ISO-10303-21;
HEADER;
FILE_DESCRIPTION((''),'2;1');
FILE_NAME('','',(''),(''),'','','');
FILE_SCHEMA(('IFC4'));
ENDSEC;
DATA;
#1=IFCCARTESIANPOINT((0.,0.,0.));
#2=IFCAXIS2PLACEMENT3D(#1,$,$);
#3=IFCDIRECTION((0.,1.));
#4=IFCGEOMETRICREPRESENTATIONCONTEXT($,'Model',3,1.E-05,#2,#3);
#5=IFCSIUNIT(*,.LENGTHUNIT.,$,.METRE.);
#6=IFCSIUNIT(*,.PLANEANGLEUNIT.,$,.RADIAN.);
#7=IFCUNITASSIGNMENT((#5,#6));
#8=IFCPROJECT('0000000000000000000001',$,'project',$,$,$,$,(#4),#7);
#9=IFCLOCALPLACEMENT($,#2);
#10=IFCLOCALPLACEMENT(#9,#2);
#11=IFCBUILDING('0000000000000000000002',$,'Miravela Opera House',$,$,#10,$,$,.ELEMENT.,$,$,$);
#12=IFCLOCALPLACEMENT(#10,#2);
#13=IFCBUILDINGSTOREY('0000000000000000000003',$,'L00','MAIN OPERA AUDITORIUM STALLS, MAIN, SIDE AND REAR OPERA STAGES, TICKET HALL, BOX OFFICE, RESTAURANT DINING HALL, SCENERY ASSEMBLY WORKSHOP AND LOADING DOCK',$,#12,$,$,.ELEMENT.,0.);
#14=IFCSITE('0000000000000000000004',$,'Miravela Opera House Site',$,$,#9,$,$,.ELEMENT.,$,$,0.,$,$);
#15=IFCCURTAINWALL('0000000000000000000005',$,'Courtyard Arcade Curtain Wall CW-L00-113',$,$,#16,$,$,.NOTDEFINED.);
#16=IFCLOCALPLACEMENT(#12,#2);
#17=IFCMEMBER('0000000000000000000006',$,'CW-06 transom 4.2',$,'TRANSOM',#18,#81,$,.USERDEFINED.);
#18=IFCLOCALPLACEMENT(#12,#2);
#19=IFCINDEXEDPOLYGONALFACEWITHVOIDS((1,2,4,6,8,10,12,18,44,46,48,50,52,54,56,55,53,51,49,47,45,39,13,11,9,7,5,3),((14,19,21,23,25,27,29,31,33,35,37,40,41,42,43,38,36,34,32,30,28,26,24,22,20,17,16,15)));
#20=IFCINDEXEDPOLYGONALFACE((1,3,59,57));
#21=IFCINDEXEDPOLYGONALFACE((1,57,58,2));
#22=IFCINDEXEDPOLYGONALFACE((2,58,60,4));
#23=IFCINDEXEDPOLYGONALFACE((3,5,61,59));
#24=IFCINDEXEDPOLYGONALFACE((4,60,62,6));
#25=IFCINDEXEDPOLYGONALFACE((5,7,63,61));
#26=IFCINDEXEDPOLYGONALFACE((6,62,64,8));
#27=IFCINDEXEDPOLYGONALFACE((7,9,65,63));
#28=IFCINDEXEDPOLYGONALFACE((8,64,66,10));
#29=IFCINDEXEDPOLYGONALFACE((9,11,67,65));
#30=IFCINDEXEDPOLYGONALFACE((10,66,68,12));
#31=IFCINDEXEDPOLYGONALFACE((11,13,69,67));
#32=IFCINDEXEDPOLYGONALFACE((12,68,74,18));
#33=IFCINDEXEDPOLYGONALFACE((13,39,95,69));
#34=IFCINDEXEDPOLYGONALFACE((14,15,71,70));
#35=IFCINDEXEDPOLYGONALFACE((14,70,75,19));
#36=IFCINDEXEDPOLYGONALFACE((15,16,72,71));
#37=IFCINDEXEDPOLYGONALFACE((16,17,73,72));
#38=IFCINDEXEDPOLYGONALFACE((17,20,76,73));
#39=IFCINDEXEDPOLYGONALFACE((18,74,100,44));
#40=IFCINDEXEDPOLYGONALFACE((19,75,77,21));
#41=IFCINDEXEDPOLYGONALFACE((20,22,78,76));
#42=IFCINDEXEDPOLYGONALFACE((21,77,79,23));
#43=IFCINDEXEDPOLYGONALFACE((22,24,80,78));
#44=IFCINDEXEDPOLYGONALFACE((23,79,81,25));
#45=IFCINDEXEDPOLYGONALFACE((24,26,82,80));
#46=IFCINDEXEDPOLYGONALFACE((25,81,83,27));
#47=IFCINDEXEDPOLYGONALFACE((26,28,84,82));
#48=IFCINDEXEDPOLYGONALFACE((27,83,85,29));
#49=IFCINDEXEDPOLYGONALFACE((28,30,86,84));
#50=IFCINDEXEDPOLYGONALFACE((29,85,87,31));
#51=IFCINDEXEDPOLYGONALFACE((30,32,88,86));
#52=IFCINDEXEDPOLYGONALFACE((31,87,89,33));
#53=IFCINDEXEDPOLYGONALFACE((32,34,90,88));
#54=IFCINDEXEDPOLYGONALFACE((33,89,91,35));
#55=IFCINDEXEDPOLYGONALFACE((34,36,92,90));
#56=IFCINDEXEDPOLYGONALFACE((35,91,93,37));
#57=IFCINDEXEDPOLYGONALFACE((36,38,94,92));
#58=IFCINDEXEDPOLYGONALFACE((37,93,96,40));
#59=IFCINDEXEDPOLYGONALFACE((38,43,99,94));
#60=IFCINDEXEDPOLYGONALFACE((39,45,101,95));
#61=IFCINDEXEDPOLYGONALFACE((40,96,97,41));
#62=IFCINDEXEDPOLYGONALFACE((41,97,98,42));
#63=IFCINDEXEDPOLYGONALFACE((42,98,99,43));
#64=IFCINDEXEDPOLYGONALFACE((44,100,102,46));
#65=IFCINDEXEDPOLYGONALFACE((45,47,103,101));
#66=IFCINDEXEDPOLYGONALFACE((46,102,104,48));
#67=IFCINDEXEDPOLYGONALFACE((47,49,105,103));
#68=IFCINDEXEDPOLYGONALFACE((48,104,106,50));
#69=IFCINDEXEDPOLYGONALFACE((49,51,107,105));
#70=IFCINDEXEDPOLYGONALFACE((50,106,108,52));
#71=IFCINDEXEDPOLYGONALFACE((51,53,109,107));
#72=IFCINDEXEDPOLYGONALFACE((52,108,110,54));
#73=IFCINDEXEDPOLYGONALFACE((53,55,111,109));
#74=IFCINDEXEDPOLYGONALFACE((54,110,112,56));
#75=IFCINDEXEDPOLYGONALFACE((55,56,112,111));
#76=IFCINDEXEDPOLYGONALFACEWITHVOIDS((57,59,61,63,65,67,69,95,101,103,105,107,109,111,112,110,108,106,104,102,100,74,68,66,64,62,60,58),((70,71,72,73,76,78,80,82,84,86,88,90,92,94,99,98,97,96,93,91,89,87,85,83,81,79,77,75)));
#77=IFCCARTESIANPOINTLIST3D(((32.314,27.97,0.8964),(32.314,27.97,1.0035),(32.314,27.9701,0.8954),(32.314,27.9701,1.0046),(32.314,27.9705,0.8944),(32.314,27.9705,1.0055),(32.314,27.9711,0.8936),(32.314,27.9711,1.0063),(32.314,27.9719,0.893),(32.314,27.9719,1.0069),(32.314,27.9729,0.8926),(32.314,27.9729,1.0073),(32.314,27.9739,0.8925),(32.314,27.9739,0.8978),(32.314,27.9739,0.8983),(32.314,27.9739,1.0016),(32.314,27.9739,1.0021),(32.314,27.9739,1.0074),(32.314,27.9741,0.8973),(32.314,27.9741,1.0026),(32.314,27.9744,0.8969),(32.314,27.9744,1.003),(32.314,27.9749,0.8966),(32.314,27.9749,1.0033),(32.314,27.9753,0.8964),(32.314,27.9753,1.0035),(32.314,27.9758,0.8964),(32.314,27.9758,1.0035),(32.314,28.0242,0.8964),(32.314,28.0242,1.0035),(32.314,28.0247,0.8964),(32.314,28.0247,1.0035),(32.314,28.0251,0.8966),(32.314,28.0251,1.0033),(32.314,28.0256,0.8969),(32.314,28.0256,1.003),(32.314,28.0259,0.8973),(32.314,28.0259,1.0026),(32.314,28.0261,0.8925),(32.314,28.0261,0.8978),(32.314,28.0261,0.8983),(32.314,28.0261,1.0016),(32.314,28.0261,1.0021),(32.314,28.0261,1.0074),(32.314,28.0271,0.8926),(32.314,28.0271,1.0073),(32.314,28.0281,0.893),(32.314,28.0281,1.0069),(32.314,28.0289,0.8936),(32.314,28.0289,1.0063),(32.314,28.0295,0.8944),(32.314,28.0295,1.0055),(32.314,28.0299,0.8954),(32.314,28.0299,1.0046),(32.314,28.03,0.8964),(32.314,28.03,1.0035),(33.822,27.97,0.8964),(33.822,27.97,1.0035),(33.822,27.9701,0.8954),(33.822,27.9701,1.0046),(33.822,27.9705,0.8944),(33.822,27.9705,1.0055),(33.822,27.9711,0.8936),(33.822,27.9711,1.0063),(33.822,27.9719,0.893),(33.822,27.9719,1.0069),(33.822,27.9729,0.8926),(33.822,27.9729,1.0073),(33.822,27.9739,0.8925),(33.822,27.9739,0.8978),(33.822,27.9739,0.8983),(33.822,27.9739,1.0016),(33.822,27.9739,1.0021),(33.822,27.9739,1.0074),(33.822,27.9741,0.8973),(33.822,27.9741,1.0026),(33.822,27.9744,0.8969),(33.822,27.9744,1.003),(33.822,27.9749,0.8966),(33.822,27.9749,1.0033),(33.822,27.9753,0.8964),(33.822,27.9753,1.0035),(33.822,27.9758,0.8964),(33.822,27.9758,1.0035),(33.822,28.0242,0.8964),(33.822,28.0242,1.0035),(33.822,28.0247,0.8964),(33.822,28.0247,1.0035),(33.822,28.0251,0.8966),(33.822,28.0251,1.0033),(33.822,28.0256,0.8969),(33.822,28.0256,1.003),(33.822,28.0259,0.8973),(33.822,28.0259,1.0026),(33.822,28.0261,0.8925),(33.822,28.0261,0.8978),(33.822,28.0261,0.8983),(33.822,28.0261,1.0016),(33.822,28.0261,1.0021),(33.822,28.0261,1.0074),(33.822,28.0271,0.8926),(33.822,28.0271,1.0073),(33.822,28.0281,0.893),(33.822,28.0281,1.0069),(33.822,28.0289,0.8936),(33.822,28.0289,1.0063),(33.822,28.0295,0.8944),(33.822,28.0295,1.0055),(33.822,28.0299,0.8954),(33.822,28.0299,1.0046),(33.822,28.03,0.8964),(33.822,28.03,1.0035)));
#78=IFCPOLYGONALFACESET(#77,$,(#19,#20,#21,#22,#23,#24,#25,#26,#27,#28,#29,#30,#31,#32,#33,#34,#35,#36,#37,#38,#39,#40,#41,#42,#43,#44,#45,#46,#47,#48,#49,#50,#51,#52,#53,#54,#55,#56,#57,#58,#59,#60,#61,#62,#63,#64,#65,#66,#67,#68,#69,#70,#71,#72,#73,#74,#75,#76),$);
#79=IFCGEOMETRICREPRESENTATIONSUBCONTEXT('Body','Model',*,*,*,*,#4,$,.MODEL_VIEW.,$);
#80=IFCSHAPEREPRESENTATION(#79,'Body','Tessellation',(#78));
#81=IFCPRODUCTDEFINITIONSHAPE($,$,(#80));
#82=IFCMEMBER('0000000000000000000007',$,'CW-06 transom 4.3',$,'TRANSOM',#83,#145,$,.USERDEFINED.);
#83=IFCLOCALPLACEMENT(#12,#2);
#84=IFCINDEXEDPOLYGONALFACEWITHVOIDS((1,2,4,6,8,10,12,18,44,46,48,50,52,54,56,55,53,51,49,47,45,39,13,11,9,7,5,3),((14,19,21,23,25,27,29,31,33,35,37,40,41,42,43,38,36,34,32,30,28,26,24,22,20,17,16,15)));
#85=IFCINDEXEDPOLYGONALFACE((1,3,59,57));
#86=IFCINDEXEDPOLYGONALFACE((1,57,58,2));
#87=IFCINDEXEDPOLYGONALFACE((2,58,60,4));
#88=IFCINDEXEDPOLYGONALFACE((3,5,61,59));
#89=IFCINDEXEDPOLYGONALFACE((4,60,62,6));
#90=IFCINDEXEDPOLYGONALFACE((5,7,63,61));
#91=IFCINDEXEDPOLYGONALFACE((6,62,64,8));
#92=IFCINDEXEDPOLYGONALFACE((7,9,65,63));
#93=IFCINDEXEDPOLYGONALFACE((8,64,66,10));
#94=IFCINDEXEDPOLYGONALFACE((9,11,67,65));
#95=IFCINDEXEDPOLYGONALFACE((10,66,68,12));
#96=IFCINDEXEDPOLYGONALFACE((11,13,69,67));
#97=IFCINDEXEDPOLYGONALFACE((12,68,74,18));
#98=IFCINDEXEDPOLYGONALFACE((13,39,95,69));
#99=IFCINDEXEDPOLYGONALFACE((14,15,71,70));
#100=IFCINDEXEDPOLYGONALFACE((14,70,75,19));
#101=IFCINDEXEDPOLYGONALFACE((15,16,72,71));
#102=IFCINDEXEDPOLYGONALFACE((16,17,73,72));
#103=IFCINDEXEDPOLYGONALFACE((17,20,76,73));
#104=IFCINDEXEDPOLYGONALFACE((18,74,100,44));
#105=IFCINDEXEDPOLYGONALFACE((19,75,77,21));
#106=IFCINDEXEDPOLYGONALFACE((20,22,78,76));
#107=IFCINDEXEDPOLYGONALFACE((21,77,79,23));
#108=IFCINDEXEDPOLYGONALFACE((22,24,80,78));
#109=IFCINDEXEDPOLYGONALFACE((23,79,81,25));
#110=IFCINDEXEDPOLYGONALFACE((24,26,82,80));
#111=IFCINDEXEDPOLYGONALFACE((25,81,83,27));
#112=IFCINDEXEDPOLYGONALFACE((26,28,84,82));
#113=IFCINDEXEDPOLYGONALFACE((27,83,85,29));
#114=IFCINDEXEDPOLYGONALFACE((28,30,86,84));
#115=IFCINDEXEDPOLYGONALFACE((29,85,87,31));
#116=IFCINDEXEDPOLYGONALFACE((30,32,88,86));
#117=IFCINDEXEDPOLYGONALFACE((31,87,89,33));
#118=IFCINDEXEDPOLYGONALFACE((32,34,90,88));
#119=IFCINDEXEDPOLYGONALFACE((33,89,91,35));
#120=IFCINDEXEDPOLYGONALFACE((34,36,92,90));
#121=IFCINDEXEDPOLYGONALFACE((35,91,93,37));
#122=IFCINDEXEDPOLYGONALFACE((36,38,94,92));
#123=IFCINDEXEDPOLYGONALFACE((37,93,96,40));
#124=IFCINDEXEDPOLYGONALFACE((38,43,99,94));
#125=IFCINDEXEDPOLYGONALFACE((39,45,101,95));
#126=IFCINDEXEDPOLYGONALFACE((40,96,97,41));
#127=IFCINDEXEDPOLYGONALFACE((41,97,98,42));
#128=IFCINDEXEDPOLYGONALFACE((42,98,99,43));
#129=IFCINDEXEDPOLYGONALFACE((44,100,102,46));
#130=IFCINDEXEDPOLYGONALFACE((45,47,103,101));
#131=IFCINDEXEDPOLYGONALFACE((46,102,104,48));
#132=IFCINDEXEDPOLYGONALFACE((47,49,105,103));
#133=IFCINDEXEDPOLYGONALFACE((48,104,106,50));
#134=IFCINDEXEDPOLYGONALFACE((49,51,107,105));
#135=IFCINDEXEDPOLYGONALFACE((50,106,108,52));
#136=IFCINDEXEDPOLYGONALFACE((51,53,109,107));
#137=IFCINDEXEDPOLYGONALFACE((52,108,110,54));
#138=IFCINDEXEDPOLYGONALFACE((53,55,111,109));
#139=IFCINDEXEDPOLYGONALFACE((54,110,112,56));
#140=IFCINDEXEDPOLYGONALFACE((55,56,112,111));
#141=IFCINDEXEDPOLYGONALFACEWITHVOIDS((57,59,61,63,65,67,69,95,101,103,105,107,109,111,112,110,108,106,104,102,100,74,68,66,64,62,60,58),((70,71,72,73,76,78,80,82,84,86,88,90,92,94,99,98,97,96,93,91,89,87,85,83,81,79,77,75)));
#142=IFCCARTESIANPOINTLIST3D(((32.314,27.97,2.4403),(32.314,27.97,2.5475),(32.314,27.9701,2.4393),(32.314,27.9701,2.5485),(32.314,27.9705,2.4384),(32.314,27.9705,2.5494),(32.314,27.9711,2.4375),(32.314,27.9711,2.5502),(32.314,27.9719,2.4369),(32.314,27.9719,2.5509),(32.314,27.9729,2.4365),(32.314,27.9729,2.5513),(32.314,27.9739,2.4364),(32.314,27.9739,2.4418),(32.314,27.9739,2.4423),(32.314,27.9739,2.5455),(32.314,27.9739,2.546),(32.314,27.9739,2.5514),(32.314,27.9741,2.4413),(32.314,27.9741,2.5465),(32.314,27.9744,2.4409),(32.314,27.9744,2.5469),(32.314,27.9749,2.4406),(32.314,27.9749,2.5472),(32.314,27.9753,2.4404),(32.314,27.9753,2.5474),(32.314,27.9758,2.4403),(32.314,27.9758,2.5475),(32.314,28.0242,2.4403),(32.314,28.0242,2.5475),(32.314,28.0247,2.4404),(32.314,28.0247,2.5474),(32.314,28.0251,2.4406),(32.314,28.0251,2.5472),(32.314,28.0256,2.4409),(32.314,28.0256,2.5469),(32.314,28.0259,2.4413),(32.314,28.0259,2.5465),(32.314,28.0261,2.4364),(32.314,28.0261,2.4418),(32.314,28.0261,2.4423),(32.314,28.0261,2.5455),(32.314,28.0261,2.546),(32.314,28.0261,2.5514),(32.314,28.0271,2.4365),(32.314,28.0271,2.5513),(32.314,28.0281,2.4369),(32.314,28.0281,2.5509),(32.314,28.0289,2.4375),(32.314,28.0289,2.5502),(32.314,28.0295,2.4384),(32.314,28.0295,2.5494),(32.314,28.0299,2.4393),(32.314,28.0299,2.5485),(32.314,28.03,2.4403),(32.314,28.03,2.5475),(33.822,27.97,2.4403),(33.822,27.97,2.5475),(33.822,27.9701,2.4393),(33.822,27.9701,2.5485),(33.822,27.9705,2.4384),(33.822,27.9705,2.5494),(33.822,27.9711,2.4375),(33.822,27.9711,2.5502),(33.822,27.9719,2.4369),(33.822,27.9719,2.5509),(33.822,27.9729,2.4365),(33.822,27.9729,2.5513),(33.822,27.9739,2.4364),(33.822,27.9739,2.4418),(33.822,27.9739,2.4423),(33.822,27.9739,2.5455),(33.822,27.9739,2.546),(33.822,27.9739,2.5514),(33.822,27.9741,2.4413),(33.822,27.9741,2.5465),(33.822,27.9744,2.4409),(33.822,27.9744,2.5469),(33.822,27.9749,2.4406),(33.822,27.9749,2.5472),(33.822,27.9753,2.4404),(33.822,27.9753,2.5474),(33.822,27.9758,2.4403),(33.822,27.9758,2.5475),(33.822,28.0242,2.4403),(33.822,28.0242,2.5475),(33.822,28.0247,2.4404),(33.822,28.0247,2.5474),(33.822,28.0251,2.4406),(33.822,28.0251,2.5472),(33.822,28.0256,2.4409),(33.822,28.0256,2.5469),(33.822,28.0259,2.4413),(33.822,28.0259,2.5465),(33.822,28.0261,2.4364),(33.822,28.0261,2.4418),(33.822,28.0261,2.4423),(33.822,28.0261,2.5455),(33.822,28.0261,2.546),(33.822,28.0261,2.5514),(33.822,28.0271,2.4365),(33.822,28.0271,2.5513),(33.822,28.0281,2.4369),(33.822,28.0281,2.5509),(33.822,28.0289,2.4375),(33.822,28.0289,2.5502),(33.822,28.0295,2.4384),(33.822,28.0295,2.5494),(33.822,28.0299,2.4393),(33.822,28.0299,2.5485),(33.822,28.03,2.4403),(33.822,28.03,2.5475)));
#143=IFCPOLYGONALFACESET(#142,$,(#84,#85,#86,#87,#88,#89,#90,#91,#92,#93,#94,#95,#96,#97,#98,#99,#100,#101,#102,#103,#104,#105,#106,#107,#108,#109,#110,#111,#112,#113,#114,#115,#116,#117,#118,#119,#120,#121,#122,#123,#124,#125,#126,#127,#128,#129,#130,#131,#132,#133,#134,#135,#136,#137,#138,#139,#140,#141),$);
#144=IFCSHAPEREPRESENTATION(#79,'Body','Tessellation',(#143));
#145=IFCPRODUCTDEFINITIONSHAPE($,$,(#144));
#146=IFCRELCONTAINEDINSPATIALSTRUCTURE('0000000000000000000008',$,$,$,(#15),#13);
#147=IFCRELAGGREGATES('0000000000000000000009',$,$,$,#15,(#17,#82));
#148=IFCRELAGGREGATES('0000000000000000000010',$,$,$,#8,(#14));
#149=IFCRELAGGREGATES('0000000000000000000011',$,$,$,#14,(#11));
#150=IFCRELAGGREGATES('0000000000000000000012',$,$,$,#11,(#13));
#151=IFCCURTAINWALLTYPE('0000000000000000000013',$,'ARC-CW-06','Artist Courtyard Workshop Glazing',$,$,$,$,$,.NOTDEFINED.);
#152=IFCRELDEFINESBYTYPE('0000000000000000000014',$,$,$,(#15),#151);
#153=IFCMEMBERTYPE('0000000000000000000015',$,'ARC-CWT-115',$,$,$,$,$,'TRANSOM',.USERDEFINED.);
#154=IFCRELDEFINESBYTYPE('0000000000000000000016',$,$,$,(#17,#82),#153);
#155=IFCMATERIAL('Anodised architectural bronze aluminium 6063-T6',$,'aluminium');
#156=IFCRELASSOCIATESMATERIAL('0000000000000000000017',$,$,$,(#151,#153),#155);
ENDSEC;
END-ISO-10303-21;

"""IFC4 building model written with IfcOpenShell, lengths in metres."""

from ifc_helpers import new_model, si_unit, direction, frame, origin, origin_2d, place, context, subcontext, project, spatial, hollow_rectangle, extrude, material, material_profile, profile_set, type_object, element, aggregate, save


model = new_model("IFC4")

# Units and contexts
model_context = context("Model", 3, precision=1e-05, world=origin(), true_north=direction((0.0, 1.0)))
body_context = subcontext(model_context, "Body", "Model", "MODEL_VIEW")
ifc_project = project(units=[si_unit("LENGTHUNIT", "METRE"), si_unit("PLANEANGLEUNIT", "RADIAN")], contexts=[model_context])

# Site, building, storey
site_placement = place(None, origin())
site = spatial("IfcSite", under=ifc_project, at=site_placement, Name="Miravela Opera House Site", CompositionType="ELEMENT", RefElevation=0.0)
building_placement = place(site_placement, origin())
building = spatial("IfcBuilding", under=site, at=building_placement, Name="Miravela Opera House", CompositionType="ELEMENT")
storey_placement = place(building_placement, origin())
storey = spatial("IfcBuildingStorey", under=building, at=storey_placement, Name="L00", Description="MAIN OPERA AUDITORIUM STALLS, MAIN, SIDE AND REAR OPERA STAGES, TICKET HALL, BOX OFFICE, RESTAURANT DINING HALL, SCENERY ASSEMBLY WORKSHOP AND LOADING DOCK", CompositionType="ELEMENT", Elevation=0.0)

# Curtain wall, members
ifc_material_1 = material(Name="Anodised architectural bronze aluminium 6063-T6", Category="aluminium")
curtain_wall_type = type_object("IfcCurtainWallType", Name="ARC-CW-06", Description="Artist Courtyard Workshop Glazing", PredefinedType="NOTDEFINED", material=ifc_material_1)
curtain_wall_placement = place(storey_placement, origin())
curtain_wall = element("IfcCurtainWall", 1, at=curtain_wall_placement, inside=storey, type_object=curtain_wall_type, Name="Courtyard Arcade Curtain Wall CW-L00-113", PredefinedType="NOTDEFINED")
ifc_material_profile_1 = material_profile(ifc_material_1, hollow_rectangle(XDim=0.0601, YDim=0.115, WallThickness=0.0039, InnerFilletRadius=0.002, OuterFilletRadius=0.0039, at=origin_2d()), Name="CWT-60X115")
ifc_profile_set_1 = profile_set([ifc_material_profile_1])
member_type_1 = type_object("IfcMemberType", Name="ARC-CWT-115", ElementType="TRANSOM", PredefinedType="USERDEFINED", material=ifc_profile_set_1)
member_1_placement = place(storey_placement, frame((32.314, 28.0, 0.95), z_axis=(1.0, 0.0, 0.0), x_axis=(0.0, 1.0, 0.0)))
member_1 = element("IfcMember", 2, at=member_1_placement, type_object=member_type_1, Name="CW-06 transom 4.2", ObjectType="TRANSOM", PredefinedType="USERDEFINED", context=body_context, shape_type="SweptSolid", body=[
    extrude(hollow_rectangle(XDim=0.0601, YDim=0.115, WallThickness=0.0039, InnerFilletRadius=0.002, OuterFilletRadius=0.0039, at=origin_2d()), origin(), (0.0, 0.0, 1.0), 1.5081),
])
member_2_placement = place(storey_placement, frame((32.314, 28.0, 2.4939), z_axis=(1.0, 0.0, 0.0), x_axis=(0.0, 1.0, 0.0)))
member_2 = element("IfcMember", 3, at=member_2_placement, type_object=member_type_1, Name="CW-06 transom 4.3", ObjectType="TRANSOM", PredefinedType="USERDEFINED", context=body_context, shape_type="SweptSolid", body=[
    extrude(hollow_rectangle(XDim=0.0601, YDim=0.115, WallThickness=0.0039, InnerFilletRadius=0.002, OuterFilletRadius=0.0039, at=origin_2d()), origin(), (0.0, 0.0, 1.0), 1.5081),
])

aggregate(curtain_wall, [member_1, member_2])

save(model, "model.ifc")
